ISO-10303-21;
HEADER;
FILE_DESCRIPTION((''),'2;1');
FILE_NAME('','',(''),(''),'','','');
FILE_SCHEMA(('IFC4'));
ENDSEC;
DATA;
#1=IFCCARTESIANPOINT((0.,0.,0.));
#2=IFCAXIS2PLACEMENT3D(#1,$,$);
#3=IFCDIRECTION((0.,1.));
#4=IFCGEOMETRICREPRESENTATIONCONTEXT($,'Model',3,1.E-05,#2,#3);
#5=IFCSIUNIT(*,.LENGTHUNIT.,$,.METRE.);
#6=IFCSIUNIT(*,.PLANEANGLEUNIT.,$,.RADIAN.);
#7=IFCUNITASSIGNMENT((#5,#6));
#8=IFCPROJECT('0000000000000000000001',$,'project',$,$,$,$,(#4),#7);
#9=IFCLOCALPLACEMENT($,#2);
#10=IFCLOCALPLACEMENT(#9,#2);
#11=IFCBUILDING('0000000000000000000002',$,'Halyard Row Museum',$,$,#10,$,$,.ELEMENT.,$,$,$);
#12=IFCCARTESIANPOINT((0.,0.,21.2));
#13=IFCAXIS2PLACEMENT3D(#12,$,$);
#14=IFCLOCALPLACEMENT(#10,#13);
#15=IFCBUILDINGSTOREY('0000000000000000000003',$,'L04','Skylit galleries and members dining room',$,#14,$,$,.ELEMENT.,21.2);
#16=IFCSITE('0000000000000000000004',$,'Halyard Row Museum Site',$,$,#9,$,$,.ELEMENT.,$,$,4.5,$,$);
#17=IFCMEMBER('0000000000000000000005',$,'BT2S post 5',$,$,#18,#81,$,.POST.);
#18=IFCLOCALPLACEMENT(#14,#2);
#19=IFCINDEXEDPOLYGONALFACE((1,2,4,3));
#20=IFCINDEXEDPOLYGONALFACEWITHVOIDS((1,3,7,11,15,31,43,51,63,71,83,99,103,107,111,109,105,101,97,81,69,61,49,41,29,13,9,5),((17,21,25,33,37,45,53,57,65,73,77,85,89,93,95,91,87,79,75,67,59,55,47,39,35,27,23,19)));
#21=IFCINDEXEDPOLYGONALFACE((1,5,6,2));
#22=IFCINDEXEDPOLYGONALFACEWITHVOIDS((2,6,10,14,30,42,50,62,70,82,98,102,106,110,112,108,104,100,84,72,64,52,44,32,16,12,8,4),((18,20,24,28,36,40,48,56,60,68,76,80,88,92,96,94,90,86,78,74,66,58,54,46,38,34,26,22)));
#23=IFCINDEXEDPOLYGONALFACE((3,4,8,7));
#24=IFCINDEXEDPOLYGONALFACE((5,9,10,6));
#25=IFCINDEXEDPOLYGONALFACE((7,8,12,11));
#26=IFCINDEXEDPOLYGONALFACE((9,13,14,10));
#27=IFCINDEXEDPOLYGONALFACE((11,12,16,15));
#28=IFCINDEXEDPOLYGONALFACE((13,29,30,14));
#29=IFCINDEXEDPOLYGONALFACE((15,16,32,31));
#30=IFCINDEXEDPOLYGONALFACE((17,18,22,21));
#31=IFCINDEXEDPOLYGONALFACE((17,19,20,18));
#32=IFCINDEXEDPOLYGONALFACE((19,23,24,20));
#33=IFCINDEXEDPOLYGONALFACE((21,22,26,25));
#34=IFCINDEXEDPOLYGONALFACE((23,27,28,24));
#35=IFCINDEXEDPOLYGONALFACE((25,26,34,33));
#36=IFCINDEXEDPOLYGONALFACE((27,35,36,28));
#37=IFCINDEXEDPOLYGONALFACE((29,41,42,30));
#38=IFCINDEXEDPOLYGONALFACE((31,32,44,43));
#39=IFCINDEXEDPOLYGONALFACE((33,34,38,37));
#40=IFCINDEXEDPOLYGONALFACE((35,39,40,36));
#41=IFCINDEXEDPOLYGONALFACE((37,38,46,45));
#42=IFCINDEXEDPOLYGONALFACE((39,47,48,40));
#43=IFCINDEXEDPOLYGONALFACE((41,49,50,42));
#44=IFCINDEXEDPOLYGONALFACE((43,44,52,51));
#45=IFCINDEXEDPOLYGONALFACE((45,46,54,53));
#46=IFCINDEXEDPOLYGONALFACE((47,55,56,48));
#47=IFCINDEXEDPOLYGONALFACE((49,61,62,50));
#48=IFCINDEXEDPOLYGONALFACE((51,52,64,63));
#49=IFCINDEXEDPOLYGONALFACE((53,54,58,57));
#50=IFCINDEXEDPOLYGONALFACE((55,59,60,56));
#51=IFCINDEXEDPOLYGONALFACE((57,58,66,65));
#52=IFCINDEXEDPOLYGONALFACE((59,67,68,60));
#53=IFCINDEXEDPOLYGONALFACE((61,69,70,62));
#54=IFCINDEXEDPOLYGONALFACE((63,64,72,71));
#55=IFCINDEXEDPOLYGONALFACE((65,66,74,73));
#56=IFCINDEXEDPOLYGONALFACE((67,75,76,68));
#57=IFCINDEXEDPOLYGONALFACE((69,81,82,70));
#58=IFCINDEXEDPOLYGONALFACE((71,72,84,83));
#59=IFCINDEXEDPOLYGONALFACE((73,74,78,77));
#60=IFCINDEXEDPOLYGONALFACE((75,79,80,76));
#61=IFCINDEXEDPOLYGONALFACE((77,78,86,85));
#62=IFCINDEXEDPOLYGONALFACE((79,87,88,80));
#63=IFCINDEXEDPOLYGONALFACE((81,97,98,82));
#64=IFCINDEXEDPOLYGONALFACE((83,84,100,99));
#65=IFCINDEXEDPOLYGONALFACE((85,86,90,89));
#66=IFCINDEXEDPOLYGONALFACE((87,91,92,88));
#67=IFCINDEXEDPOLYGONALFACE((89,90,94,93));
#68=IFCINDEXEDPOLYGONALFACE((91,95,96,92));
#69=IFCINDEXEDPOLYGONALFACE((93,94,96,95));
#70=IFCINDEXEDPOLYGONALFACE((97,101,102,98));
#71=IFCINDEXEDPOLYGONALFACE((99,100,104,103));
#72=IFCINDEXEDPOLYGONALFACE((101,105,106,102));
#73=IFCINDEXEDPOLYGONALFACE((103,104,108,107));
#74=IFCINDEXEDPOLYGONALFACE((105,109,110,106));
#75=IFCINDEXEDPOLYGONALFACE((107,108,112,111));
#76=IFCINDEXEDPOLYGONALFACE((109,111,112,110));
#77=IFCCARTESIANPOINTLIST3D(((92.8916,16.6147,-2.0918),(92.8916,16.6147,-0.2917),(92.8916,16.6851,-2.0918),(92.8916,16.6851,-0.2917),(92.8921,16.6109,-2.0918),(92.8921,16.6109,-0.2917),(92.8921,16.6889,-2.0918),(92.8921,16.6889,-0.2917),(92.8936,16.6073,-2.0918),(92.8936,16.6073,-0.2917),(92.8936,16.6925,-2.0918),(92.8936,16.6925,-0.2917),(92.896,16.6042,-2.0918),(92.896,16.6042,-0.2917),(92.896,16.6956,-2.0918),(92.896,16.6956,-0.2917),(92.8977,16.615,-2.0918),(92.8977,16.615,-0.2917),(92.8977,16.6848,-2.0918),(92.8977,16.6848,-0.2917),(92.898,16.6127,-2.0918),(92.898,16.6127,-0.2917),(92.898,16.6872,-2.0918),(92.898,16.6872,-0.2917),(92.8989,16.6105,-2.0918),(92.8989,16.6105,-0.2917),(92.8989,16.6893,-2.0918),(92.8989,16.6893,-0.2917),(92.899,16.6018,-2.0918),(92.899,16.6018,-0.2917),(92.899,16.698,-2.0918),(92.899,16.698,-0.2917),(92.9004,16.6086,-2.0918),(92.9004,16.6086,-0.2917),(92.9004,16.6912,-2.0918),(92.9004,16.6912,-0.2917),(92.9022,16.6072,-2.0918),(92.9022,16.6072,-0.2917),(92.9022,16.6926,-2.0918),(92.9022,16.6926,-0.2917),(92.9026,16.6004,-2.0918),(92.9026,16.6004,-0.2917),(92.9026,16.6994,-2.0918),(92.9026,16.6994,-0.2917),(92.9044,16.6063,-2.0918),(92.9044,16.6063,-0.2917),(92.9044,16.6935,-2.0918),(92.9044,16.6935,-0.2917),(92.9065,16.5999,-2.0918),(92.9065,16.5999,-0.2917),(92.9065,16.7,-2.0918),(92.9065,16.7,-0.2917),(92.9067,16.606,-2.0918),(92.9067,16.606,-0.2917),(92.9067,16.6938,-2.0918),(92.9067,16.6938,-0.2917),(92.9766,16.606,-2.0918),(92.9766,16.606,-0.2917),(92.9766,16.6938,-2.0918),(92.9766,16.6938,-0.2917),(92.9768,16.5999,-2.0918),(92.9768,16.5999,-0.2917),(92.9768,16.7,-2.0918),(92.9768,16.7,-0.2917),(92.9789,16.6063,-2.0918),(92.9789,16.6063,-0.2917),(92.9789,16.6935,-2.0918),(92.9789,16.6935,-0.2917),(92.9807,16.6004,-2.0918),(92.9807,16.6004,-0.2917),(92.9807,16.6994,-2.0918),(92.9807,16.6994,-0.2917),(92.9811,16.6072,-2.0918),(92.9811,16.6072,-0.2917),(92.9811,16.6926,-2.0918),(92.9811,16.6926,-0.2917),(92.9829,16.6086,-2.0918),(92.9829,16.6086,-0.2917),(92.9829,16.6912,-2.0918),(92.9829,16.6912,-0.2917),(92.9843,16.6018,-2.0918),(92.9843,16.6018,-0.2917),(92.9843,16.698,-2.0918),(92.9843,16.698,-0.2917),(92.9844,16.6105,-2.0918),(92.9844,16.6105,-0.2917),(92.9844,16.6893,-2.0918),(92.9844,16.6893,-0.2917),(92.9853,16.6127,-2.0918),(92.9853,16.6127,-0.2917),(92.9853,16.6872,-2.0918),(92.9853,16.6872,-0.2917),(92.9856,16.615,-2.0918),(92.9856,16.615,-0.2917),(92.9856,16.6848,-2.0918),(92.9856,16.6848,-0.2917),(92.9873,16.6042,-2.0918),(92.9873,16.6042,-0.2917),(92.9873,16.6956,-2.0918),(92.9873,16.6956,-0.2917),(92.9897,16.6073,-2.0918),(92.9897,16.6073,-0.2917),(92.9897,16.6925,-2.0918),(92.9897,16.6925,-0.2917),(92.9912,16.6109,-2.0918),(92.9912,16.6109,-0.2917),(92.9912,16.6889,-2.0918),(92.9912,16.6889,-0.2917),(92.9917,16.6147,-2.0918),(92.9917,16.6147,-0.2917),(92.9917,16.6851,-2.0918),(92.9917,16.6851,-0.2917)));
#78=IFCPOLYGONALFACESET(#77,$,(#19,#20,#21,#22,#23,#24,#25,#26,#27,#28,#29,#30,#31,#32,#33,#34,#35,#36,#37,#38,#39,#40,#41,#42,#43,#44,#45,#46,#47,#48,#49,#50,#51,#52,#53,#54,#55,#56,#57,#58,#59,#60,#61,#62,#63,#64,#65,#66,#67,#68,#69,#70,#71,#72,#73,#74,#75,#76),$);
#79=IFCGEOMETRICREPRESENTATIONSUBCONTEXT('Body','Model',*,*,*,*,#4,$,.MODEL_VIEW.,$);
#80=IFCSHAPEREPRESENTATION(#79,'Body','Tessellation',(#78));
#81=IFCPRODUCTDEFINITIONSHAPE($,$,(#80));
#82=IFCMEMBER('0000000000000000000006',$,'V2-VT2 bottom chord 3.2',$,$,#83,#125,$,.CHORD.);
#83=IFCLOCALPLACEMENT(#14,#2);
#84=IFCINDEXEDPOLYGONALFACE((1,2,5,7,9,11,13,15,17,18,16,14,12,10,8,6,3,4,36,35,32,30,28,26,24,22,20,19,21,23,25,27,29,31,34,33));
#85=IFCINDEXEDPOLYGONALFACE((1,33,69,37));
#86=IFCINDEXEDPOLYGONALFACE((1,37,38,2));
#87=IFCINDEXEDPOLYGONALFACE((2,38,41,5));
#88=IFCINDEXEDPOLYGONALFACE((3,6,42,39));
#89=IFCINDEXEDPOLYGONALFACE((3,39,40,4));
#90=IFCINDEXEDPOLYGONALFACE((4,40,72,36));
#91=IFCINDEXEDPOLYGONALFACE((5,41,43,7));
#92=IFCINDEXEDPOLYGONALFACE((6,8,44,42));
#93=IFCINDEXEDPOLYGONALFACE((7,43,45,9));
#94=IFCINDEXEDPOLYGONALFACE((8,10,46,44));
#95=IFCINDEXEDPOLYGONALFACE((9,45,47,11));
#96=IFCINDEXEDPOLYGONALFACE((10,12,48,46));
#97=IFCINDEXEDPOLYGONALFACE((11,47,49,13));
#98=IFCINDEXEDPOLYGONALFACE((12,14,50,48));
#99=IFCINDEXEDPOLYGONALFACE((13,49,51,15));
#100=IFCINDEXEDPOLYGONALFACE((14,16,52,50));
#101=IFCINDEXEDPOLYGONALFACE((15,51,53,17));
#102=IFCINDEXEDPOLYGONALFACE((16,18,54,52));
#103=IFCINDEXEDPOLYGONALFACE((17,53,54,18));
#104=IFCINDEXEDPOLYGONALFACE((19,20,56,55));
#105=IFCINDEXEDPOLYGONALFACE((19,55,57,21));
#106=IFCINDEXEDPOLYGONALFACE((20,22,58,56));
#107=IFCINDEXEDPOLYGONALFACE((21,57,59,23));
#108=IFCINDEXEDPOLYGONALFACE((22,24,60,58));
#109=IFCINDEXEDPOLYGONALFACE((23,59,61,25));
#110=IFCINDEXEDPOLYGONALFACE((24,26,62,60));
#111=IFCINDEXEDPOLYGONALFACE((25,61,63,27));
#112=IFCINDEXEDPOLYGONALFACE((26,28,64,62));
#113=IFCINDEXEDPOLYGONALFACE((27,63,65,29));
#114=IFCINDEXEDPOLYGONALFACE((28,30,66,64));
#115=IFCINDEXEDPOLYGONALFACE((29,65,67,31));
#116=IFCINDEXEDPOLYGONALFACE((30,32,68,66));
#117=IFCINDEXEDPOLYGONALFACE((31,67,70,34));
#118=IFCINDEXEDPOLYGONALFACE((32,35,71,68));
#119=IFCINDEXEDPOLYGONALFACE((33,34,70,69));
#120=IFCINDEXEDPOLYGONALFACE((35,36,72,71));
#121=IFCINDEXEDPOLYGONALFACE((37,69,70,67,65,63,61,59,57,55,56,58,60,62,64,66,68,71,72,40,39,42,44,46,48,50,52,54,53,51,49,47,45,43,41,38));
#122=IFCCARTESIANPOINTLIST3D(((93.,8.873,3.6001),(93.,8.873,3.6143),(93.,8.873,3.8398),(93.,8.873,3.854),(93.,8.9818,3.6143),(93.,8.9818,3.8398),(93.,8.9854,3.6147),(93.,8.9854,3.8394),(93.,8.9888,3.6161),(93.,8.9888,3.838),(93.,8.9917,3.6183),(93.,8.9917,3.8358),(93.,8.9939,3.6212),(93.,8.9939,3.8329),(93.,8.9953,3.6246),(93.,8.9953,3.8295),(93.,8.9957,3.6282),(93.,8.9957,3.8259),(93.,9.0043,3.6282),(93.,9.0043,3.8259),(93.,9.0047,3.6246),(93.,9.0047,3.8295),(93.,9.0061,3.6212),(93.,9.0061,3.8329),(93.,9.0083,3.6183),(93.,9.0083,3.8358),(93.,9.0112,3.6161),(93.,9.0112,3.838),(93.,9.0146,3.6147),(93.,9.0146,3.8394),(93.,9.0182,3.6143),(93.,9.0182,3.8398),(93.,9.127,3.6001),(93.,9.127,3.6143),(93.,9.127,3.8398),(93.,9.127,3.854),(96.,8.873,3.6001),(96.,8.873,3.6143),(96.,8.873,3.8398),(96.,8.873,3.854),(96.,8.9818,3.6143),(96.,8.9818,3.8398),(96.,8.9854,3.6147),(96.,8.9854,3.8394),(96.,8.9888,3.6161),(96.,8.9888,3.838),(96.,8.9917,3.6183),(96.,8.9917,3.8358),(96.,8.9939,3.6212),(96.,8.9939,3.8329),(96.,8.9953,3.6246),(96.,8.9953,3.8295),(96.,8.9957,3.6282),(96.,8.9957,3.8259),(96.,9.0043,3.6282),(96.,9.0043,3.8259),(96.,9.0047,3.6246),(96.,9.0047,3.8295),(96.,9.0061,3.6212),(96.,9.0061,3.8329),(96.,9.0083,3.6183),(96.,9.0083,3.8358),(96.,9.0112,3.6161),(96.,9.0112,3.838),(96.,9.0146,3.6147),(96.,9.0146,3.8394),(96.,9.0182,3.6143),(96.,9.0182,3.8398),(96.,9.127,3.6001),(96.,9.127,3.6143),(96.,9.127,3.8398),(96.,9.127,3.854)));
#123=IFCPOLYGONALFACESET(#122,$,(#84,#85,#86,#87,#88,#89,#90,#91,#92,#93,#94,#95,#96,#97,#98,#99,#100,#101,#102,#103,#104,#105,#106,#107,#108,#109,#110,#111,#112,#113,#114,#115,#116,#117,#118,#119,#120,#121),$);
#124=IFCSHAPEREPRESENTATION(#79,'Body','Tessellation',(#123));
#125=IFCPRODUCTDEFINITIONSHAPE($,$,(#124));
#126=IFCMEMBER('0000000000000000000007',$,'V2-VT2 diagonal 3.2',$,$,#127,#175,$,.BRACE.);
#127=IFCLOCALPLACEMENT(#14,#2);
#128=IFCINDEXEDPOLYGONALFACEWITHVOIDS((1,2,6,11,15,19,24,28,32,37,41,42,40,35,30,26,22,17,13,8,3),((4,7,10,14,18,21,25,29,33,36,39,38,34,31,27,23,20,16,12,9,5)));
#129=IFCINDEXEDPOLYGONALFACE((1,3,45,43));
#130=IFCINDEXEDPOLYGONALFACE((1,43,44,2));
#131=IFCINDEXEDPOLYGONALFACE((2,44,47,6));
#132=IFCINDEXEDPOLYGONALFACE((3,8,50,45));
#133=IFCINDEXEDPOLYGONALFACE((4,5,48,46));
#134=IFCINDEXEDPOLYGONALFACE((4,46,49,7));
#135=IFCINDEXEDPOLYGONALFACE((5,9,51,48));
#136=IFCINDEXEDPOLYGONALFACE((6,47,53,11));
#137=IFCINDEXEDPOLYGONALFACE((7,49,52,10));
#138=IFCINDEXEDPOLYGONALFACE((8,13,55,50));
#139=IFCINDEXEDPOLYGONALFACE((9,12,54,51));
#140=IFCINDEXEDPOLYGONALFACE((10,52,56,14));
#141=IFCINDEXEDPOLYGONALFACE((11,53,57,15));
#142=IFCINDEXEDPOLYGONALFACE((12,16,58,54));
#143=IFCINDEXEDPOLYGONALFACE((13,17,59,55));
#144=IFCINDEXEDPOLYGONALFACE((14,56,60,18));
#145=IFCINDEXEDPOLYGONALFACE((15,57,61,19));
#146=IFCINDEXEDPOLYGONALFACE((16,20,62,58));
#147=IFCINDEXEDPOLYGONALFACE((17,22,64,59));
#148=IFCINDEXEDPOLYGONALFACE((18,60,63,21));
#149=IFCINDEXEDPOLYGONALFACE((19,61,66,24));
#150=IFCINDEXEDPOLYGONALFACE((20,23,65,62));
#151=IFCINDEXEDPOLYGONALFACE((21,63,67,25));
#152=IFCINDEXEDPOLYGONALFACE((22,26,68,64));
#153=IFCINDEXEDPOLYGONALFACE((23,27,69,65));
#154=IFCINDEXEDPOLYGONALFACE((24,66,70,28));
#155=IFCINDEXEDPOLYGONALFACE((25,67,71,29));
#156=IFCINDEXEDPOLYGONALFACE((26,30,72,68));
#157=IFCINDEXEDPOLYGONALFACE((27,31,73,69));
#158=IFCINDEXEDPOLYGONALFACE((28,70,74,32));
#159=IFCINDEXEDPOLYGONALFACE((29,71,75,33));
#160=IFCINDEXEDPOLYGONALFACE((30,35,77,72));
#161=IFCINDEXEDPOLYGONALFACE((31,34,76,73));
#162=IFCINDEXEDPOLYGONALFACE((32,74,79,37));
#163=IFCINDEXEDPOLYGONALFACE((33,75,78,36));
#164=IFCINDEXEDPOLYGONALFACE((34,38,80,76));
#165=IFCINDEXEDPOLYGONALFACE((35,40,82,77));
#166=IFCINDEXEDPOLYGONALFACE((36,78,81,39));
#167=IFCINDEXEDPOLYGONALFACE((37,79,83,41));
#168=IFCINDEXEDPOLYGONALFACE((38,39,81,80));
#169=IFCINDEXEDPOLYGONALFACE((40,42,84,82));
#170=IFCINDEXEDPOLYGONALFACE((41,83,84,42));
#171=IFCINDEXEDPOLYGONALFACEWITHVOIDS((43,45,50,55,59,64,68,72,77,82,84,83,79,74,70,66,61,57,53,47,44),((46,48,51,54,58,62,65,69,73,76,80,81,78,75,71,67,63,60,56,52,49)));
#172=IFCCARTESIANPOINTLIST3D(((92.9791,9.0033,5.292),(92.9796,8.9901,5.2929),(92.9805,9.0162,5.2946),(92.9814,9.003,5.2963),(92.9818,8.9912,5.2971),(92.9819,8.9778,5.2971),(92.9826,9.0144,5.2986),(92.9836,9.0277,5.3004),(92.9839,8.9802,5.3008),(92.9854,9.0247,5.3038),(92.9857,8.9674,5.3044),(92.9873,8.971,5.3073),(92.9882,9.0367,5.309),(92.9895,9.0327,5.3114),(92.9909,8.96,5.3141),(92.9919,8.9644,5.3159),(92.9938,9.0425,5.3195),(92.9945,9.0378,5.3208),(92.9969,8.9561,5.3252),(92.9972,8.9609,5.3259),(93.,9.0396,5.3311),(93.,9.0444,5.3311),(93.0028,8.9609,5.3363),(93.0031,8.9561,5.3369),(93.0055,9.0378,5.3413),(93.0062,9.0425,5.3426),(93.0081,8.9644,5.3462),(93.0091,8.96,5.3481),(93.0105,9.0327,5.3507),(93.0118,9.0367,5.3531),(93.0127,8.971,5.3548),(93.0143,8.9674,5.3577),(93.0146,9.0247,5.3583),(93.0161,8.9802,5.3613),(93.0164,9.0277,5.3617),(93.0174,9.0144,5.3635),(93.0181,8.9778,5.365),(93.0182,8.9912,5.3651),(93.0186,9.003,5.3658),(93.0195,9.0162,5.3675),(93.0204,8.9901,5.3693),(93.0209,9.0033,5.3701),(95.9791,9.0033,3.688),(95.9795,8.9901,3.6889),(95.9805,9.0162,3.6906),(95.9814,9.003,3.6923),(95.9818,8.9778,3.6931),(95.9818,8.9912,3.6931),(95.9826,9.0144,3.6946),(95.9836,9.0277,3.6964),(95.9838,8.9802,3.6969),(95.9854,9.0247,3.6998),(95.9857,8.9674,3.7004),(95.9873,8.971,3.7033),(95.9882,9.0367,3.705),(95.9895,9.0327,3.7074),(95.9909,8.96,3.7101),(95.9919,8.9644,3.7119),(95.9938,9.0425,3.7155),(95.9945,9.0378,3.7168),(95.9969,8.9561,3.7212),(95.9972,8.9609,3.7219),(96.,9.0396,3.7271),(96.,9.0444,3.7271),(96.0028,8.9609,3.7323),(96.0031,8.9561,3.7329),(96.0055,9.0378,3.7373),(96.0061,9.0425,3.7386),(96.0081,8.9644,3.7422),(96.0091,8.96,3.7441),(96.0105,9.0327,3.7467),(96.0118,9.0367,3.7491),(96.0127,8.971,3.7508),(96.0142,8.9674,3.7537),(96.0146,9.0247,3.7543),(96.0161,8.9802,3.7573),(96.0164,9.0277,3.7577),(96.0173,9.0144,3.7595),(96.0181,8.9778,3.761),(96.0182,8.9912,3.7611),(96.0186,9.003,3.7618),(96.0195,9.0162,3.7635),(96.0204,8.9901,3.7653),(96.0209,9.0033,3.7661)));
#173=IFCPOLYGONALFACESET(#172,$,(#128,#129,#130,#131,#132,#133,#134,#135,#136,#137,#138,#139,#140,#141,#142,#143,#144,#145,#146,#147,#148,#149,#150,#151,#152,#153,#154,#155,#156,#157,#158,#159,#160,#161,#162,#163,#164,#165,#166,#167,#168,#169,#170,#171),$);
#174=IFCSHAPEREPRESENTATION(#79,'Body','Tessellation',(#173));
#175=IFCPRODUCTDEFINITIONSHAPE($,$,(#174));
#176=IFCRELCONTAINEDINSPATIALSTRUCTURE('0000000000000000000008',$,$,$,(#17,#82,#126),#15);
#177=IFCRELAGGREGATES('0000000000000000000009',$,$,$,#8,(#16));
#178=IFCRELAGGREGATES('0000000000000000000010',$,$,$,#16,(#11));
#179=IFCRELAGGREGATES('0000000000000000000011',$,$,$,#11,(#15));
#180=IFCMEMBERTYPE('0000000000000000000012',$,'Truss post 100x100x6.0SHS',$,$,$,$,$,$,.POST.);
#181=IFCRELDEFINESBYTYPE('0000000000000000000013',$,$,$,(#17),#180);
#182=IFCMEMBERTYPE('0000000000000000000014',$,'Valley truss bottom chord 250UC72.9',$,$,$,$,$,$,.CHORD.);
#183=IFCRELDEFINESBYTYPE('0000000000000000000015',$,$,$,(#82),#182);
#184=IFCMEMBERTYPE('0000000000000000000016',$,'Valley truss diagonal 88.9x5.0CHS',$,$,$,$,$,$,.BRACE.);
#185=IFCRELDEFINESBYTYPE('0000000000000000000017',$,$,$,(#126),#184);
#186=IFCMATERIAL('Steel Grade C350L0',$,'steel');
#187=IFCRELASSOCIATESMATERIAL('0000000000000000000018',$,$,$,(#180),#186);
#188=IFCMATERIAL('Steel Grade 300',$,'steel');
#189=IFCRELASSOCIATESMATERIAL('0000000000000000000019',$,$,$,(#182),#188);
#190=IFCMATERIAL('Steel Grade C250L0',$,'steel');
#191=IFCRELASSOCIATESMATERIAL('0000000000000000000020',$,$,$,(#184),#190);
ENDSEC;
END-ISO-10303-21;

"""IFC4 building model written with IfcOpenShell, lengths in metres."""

from ifc_helpers import new_model, si_unit, direction, frame, origin, origin_2d, place, context, subcontext, project, spatial, hollow_rectangle, hollow_circle, i_section, extrude, material, material_profile, profile_set, type_object, element, save


model = new_model("IFC4")

# Units and contexts
model_context = context("Model", 3, precision=1e-05, world=origin(), true_north=direction((0.0, 1.0)))
body_context = subcontext(model_context, "Body", "Model", "MODEL_VIEW")
ifc_project = project(units=[si_unit("LENGTHUNIT", "METRE"), si_unit("PLANEANGLEUNIT", "RADIAN")], contexts=[model_context])

# Site, building, storey
site_placement = place(None, origin())
site = spatial("IfcSite", under=ifc_project, at=site_placement, Name="Halyard Row Museum Site", CompositionType="ELEMENT", RefElevation=4.5)
building_placement = place(site_placement, origin())
building = spatial("IfcBuilding", under=site, at=building_placement, Name="Halyard Row Museum", CompositionType="ELEMENT")
storey_placement = place(building_placement, frame((0.0, 0.0, 21.2)))
storey = spatial("IfcBuildingStorey", under=building, at=storey_placement, Name="L04", Description="Skylit galleries and members dining room", CompositionType="ELEMENT", Elevation=21.2)

# Members
ifc_material_1 = material(Name="Steel Grade C350L0", Category="steel")
ifc_material_profile_1 = material_profile(ifc_material_1, hollow_rectangle(XDim=0.1001, YDim=0.1001, WallThickness=0.0061, InnerFilletRadius=0.009, OuterFilletRadius=0.0149, at=origin_2d()), Name="100x100x6.0SHS")
ifc_profile_set_1 = profile_set([ifc_material_profile_1], Name="Steel Grade C350L0")
member_type_1 = type_object("IfcMemberType", Name="Truss post 100x100x6.0SHS", PredefinedType="POST", material=ifc_profile_set_1)
member_1_placement = place(storey_placement, frame((92.9417, 16.6499, -2.0918), z_axis=(0.0, 0.0, 1.0), x_axis=(1.0, 0.0, 0.0)))
element("IfcMember", 1, at=member_1_placement, inside=storey, type_object=member_type_1, Name="BT2S post 5", PredefinedType="POST", context=body_context, shape_type="SweptSolid", body=[
    extrude(hollow_rectangle(XDim=0.1001, YDim=0.1001, WallThickness=0.0061, InnerFilletRadius=0.009, OuterFilletRadius=0.0149, at=origin_2d()), origin(), (0.0, 0.0, 1.0), 1.8),
])
ifc_material_2 = material(Name="Steel Grade 300", Category="steel")
ifc_material_profile_2 = material_profile(ifc_material_2, i_section(OverallWidth=0.2539, OverallDepth=0.2539, WebThickness=0.0085, FlangeThickness=0.0142, FilletRadius=0.0139, at=origin_2d()), Name="250UC72.9")
ifc_profile_set_2 = profile_set([ifc_material_profile_2], Name="Steel Grade 300")
member_type_2 = type_object("IfcMemberType", Name="Valley truss bottom chord 250UC72.9", PredefinedType="CHORD", material=ifc_profile_set_2)
member_2_placement = place(storey_placement, frame((93.0, 9.0, 3.7271), z_axis=(1.0, 0.0, 0.0), x_axis=(0.0, 1.0, 0.0)))
element("IfcMember", 2, at=member_2_placement, inside=storey, type_object=member_type_2, Name="V2-VT2 bottom chord 3.2", PredefinedType="CHORD", context=body_context, shape_type="SweptSolid", body=[
    extrude(i_section(OverallWidth=0.2539, OverallDepth=0.2539, WebThickness=0.0085, FlangeThickness=0.0142, FilletRadius=0.0139, at=origin_2d()), origin(), (0.0, 0.0, 1.0), 3.0),
])
ifc_material_3 = material(Name="Steel Grade C250L0", Category="steel")
ifc_material_profile_3 = material_profile(ifc_material_3, hollow_circle(Radius=0.0444, WallThickness=0.0049, at=origin_2d()), Name="88.9x5.0CHS")
ifc_profile_set_3 = profile_set([ifc_material_profile_3], Name="Steel Grade C250L0")
member_type_3 = type_object("IfcMemberType", Name="Valley truss diagonal 88.9x5.0CHS", PredefinedType="BRACE", material=ifc_profile_set_3)
member_3_placement = place(storey_placement, frame((93.0, 9.0, 5.3311), z_axis=(0.881864, 0.0, -0.471504), x_axis=(0.0, 1.0, 0.0)))
element("IfcMember", 3, at=member_3_placement, inside=storey, type_object=member_type_3, Name="V2-VT2 diagonal 3.2", PredefinedType="BRACE", context=body_context, shape_type="SweptSolid", body=[
    extrude(hollow_circle(Radius=0.0444, WallThickness=0.0049, at=origin_2d()), origin(), (0.0, 0.0, 1.0), 3.4019),
])

save(model, "model.ifc")
